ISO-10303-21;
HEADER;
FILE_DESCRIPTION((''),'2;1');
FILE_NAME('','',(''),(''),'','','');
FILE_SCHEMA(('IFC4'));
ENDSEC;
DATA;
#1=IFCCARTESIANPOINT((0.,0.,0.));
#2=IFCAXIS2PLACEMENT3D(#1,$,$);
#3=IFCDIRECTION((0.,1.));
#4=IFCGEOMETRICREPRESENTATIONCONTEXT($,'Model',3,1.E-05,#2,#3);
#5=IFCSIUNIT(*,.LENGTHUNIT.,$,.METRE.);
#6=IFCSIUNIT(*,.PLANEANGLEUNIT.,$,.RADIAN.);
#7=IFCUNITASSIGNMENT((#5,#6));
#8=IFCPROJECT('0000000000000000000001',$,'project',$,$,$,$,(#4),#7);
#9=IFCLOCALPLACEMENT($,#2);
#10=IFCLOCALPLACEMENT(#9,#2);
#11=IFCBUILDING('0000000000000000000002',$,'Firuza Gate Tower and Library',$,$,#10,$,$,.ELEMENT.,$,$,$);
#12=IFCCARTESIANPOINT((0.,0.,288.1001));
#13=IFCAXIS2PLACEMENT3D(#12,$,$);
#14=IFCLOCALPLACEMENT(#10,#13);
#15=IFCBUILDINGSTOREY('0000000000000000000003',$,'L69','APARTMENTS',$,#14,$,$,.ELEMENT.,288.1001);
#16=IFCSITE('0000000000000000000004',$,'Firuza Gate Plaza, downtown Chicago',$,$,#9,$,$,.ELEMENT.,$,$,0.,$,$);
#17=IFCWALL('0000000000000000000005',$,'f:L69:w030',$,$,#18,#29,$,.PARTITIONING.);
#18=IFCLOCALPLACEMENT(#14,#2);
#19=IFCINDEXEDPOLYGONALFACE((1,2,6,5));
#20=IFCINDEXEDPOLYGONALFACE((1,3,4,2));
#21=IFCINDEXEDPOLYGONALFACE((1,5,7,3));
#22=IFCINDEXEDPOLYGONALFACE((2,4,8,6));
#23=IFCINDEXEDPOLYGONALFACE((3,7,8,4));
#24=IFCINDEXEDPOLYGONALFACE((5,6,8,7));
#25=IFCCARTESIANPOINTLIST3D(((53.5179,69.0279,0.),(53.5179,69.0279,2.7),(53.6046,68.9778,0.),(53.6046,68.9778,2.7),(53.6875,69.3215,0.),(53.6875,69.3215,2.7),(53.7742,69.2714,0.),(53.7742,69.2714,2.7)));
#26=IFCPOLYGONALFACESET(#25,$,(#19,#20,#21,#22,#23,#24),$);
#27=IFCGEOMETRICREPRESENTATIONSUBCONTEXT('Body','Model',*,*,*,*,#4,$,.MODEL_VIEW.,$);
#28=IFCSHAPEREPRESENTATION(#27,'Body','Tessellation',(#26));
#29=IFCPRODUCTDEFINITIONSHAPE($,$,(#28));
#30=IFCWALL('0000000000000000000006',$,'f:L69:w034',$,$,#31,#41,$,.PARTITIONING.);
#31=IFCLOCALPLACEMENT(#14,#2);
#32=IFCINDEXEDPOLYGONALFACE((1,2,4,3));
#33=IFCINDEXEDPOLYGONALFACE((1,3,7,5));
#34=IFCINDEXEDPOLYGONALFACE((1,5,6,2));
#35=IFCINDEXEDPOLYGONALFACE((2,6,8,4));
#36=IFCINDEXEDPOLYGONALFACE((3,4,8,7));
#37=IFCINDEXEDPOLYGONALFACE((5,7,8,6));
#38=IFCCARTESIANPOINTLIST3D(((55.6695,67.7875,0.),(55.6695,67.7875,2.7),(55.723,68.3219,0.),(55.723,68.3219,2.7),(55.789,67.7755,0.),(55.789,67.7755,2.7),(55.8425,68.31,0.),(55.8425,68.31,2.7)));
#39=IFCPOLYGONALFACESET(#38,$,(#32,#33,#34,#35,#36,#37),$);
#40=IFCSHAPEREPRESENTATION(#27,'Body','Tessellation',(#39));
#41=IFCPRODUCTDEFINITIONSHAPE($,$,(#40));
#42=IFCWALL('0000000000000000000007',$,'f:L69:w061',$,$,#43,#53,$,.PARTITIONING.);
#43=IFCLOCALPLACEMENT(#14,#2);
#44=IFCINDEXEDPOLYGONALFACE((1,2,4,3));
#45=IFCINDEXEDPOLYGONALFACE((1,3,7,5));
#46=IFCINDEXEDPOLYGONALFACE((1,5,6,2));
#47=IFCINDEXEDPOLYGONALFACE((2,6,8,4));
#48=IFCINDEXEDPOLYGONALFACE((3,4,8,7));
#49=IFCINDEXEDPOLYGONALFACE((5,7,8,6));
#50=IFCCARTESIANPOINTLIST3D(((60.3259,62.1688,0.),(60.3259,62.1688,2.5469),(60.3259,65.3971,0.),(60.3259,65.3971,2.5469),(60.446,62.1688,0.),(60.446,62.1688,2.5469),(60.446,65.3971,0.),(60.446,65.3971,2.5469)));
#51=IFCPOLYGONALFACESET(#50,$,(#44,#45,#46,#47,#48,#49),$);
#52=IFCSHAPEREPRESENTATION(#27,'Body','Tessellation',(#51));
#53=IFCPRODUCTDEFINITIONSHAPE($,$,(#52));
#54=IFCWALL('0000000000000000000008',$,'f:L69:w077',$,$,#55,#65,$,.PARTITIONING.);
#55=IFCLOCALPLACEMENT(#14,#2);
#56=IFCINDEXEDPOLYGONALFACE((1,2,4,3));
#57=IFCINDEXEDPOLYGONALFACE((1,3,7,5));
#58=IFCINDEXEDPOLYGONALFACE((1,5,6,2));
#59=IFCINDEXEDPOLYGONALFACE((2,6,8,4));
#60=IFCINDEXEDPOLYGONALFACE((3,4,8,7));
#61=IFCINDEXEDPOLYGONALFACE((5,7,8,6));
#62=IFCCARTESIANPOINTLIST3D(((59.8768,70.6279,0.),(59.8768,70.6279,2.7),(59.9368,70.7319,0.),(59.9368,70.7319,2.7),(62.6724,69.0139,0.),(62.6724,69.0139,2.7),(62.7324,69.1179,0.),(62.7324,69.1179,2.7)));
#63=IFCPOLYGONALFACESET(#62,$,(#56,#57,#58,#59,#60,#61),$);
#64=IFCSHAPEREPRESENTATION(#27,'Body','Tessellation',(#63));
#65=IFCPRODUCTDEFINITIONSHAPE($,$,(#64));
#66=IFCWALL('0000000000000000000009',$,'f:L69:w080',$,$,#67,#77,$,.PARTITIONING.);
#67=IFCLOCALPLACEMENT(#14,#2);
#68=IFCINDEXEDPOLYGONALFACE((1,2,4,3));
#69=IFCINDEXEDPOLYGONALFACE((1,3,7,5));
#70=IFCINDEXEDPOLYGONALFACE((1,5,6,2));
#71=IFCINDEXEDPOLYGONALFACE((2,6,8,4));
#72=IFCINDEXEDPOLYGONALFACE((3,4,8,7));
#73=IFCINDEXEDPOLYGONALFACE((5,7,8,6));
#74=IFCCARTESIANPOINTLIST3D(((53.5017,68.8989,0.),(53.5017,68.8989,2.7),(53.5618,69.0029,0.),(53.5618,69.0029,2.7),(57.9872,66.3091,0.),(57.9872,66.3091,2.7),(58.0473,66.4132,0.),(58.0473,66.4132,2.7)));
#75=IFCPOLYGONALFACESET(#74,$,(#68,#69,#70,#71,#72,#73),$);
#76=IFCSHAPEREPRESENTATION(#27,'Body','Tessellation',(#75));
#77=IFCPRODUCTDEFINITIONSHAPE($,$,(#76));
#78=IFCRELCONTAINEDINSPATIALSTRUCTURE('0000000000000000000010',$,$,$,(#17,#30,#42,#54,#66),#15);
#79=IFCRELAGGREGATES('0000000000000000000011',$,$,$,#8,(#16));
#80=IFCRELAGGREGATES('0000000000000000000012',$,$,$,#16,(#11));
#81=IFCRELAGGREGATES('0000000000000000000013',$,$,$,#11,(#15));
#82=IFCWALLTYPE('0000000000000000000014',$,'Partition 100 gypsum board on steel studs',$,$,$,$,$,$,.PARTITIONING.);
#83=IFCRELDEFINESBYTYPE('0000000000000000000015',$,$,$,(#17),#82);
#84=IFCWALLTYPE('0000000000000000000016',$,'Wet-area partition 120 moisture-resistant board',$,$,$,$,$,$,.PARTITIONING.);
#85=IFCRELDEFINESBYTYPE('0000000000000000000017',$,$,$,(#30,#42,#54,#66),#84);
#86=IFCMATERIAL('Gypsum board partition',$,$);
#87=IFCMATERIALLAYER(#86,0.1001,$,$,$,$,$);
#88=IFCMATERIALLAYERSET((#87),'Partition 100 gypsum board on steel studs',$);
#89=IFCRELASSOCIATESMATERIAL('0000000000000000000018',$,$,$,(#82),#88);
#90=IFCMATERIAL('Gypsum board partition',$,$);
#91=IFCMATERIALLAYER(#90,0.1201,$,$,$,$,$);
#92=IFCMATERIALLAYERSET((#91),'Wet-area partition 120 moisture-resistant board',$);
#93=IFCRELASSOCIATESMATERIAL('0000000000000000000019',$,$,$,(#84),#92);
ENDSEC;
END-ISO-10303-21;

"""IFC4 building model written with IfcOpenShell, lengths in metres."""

from ifc_helpers import new_model, si_unit, direction, frame, frame_2d, origin, place, context, subcontext, project, spatial, rectangle, extrude, material, layer, layer_set, type_object, element, save


model = new_model("IFC4")

# Units and contexts
model_context = context("Model", 3, precision=1e-05, world=origin(), true_north=direction((0.0, 1.0)))
body_context = subcontext(model_context, "Body", "Model", "MODEL_VIEW")
ifc_project = project(units=[si_unit("LENGTHUNIT", "METRE"), si_unit("PLANEANGLEUNIT", "RADIAN")], contexts=[model_context])

# Site, building, storey
site_placement = place(None, origin())
site = spatial("IfcSite", under=ifc_project, at=site_placement, Name="Firuza Gate Plaza, downtown Chicago", CompositionType="ELEMENT", RefElevation=0.0)
building_placement = place(site_placement, origin())
building = spatial("IfcBuilding", under=site, at=building_placement, Name="Firuza Gate Tower and Library", CompositionType="ELEMENT")
storey_placement = place(building_placement, frame((0.0, 0.0, 288.1001)))
storey = spatial("IfcBuildingStorey", under=building, at=storey_placement, Name="L69", Description="APARTMENTS", CompositionType="ELEMENT", Elevation=288.1001)

# Walls
ifc_material_1 = material(Name="Gypsum board partition")
ifc_layer_1 = layer(ifc_material_1, 0.1001)
ifc_layer_set_1 = layer_set([ifc_layer_1], Name="Partition 100 gypsum board on steel studs")
wall_type_1 = type_object("IfcWallType", Name="Partition 100 gypsum board on steel studs", PredefinedType="PARTITIONING", material=ifc_layer_set_1)
wall_1_placement = place(storey_placement, frame((53.5613, 69.0029, 0.0), z_axis=(0.0, 0.0, 1.0), x_axis=(0.500242, 0.865886, 0.0)))
element("IfcWall", 1, at=wall_1_placement, inside=storey, type_object=wall_type_1, Name="f:L69:w030", PredefinedType="PARTITIONING", context=body_context, shape_type="SweptSolid", body=[
    extrude(rectangle(XDim=0.3391, YDim=0.1001, at=frame_2d((0.1694, 0.0))), origin(), (0.0, 0.0, 1.0), 2.7),
])
ifc_material_2 = material(Name="Gypsum board partition")
ifc_layer_2 = layer(ifc_material_2, 0.1201)
ifc_layer_set_2 = layer_set([ifc_layer_2], Name="Wet-area partition 120 moisture-resistant board")
wall_type_2 = type_object("IfcWallType", Name="Wet-area partition 120 moisture-resistant board", PredefinedType="PARTITIONING", material=ifc_layer_set_2)
wall_2_placement = place(storey_placement, frame((55.7292, 67.7815, 0.0), z_axis=(0.0, 0.0, 1.0), x_axis=(0.099549, 0.995033, 0.0)))
element("IfcWall", 2, at=wall_2_placement, inside=storey, type_object=wall_type_2, Name="f:L69:w034", PredefinedType="PARTITIONING", context=body_context, shape_type="SweptSolid", body=[
    extrude(rectangle(XDim=0.5371, YDim=0.1201, at=frame_2d((0.2686, 0.0))), origin(), (0.0, 0.0, 1.0), 2.7),
])
wall_3_placement = place(storey_placement, frame((60.386, 62.1687, 0.0), z_axis=(0.0, 0.0, 1.0), x_axis=(0.0, 1.0, 0.0)))
element("IfcWall", 3, at=wall_3_placement, inside=storey, type_object=wall_type_2, Name="f:L69:w061", PredefinedType="PARTITIONING", context=body_context, shape_type="SweptSolid", body=[
    extrude(rectangle(XDim=3.2283, YDim=0.1201, at=frame_2d((1.6143, 0.0))), origin(), (0.0, 0.0, 1.0), 2.5469),
])
wall_4_placement = place(storey_placement, frame((62.7024, 69.0659, 0.0), z_axis=(0.0, 0.0, 1.0), x_axis=(-0.866033, 0.499987, 0.0)))
element("IfcWall", 4, at=wall_4_placement, inside=storey, type_object=wall_type_2, Name="f:L69:w077", PredefinedType="PARTITIONING", context=body_context, shape_type="SweptSolid", body=[
    extrude(rectangle(XDim=3.228, YDim=0.1201, at=frame_2d((1.614, 0.0))), origin(), (0.0, 0.0, 1.0), 2.7),
])
wall_5_placement = place(storey_placement, frame((58.0173, 66.3611, 0.0), z_axis=(0.0, 0.0, 1.0), x_axis=(-0.866018, 0.500012, 0.0)))
element("IfcWall", 5, at=wall_5_placement, inside=storey, type_object=wall_type_2, Name="f:L69:w080", PredefinedType="PARTITIONING", context=body_context, shape_type="SweptSolid", body=[
    extrude(rectangle(XDim=5.1794, YDim=0.1201, at=frame_2d((2.5898, 0.0))), origin(), (0.0, 0.0, 1.0), 2.7),
])

save(model, "model.ifc")
